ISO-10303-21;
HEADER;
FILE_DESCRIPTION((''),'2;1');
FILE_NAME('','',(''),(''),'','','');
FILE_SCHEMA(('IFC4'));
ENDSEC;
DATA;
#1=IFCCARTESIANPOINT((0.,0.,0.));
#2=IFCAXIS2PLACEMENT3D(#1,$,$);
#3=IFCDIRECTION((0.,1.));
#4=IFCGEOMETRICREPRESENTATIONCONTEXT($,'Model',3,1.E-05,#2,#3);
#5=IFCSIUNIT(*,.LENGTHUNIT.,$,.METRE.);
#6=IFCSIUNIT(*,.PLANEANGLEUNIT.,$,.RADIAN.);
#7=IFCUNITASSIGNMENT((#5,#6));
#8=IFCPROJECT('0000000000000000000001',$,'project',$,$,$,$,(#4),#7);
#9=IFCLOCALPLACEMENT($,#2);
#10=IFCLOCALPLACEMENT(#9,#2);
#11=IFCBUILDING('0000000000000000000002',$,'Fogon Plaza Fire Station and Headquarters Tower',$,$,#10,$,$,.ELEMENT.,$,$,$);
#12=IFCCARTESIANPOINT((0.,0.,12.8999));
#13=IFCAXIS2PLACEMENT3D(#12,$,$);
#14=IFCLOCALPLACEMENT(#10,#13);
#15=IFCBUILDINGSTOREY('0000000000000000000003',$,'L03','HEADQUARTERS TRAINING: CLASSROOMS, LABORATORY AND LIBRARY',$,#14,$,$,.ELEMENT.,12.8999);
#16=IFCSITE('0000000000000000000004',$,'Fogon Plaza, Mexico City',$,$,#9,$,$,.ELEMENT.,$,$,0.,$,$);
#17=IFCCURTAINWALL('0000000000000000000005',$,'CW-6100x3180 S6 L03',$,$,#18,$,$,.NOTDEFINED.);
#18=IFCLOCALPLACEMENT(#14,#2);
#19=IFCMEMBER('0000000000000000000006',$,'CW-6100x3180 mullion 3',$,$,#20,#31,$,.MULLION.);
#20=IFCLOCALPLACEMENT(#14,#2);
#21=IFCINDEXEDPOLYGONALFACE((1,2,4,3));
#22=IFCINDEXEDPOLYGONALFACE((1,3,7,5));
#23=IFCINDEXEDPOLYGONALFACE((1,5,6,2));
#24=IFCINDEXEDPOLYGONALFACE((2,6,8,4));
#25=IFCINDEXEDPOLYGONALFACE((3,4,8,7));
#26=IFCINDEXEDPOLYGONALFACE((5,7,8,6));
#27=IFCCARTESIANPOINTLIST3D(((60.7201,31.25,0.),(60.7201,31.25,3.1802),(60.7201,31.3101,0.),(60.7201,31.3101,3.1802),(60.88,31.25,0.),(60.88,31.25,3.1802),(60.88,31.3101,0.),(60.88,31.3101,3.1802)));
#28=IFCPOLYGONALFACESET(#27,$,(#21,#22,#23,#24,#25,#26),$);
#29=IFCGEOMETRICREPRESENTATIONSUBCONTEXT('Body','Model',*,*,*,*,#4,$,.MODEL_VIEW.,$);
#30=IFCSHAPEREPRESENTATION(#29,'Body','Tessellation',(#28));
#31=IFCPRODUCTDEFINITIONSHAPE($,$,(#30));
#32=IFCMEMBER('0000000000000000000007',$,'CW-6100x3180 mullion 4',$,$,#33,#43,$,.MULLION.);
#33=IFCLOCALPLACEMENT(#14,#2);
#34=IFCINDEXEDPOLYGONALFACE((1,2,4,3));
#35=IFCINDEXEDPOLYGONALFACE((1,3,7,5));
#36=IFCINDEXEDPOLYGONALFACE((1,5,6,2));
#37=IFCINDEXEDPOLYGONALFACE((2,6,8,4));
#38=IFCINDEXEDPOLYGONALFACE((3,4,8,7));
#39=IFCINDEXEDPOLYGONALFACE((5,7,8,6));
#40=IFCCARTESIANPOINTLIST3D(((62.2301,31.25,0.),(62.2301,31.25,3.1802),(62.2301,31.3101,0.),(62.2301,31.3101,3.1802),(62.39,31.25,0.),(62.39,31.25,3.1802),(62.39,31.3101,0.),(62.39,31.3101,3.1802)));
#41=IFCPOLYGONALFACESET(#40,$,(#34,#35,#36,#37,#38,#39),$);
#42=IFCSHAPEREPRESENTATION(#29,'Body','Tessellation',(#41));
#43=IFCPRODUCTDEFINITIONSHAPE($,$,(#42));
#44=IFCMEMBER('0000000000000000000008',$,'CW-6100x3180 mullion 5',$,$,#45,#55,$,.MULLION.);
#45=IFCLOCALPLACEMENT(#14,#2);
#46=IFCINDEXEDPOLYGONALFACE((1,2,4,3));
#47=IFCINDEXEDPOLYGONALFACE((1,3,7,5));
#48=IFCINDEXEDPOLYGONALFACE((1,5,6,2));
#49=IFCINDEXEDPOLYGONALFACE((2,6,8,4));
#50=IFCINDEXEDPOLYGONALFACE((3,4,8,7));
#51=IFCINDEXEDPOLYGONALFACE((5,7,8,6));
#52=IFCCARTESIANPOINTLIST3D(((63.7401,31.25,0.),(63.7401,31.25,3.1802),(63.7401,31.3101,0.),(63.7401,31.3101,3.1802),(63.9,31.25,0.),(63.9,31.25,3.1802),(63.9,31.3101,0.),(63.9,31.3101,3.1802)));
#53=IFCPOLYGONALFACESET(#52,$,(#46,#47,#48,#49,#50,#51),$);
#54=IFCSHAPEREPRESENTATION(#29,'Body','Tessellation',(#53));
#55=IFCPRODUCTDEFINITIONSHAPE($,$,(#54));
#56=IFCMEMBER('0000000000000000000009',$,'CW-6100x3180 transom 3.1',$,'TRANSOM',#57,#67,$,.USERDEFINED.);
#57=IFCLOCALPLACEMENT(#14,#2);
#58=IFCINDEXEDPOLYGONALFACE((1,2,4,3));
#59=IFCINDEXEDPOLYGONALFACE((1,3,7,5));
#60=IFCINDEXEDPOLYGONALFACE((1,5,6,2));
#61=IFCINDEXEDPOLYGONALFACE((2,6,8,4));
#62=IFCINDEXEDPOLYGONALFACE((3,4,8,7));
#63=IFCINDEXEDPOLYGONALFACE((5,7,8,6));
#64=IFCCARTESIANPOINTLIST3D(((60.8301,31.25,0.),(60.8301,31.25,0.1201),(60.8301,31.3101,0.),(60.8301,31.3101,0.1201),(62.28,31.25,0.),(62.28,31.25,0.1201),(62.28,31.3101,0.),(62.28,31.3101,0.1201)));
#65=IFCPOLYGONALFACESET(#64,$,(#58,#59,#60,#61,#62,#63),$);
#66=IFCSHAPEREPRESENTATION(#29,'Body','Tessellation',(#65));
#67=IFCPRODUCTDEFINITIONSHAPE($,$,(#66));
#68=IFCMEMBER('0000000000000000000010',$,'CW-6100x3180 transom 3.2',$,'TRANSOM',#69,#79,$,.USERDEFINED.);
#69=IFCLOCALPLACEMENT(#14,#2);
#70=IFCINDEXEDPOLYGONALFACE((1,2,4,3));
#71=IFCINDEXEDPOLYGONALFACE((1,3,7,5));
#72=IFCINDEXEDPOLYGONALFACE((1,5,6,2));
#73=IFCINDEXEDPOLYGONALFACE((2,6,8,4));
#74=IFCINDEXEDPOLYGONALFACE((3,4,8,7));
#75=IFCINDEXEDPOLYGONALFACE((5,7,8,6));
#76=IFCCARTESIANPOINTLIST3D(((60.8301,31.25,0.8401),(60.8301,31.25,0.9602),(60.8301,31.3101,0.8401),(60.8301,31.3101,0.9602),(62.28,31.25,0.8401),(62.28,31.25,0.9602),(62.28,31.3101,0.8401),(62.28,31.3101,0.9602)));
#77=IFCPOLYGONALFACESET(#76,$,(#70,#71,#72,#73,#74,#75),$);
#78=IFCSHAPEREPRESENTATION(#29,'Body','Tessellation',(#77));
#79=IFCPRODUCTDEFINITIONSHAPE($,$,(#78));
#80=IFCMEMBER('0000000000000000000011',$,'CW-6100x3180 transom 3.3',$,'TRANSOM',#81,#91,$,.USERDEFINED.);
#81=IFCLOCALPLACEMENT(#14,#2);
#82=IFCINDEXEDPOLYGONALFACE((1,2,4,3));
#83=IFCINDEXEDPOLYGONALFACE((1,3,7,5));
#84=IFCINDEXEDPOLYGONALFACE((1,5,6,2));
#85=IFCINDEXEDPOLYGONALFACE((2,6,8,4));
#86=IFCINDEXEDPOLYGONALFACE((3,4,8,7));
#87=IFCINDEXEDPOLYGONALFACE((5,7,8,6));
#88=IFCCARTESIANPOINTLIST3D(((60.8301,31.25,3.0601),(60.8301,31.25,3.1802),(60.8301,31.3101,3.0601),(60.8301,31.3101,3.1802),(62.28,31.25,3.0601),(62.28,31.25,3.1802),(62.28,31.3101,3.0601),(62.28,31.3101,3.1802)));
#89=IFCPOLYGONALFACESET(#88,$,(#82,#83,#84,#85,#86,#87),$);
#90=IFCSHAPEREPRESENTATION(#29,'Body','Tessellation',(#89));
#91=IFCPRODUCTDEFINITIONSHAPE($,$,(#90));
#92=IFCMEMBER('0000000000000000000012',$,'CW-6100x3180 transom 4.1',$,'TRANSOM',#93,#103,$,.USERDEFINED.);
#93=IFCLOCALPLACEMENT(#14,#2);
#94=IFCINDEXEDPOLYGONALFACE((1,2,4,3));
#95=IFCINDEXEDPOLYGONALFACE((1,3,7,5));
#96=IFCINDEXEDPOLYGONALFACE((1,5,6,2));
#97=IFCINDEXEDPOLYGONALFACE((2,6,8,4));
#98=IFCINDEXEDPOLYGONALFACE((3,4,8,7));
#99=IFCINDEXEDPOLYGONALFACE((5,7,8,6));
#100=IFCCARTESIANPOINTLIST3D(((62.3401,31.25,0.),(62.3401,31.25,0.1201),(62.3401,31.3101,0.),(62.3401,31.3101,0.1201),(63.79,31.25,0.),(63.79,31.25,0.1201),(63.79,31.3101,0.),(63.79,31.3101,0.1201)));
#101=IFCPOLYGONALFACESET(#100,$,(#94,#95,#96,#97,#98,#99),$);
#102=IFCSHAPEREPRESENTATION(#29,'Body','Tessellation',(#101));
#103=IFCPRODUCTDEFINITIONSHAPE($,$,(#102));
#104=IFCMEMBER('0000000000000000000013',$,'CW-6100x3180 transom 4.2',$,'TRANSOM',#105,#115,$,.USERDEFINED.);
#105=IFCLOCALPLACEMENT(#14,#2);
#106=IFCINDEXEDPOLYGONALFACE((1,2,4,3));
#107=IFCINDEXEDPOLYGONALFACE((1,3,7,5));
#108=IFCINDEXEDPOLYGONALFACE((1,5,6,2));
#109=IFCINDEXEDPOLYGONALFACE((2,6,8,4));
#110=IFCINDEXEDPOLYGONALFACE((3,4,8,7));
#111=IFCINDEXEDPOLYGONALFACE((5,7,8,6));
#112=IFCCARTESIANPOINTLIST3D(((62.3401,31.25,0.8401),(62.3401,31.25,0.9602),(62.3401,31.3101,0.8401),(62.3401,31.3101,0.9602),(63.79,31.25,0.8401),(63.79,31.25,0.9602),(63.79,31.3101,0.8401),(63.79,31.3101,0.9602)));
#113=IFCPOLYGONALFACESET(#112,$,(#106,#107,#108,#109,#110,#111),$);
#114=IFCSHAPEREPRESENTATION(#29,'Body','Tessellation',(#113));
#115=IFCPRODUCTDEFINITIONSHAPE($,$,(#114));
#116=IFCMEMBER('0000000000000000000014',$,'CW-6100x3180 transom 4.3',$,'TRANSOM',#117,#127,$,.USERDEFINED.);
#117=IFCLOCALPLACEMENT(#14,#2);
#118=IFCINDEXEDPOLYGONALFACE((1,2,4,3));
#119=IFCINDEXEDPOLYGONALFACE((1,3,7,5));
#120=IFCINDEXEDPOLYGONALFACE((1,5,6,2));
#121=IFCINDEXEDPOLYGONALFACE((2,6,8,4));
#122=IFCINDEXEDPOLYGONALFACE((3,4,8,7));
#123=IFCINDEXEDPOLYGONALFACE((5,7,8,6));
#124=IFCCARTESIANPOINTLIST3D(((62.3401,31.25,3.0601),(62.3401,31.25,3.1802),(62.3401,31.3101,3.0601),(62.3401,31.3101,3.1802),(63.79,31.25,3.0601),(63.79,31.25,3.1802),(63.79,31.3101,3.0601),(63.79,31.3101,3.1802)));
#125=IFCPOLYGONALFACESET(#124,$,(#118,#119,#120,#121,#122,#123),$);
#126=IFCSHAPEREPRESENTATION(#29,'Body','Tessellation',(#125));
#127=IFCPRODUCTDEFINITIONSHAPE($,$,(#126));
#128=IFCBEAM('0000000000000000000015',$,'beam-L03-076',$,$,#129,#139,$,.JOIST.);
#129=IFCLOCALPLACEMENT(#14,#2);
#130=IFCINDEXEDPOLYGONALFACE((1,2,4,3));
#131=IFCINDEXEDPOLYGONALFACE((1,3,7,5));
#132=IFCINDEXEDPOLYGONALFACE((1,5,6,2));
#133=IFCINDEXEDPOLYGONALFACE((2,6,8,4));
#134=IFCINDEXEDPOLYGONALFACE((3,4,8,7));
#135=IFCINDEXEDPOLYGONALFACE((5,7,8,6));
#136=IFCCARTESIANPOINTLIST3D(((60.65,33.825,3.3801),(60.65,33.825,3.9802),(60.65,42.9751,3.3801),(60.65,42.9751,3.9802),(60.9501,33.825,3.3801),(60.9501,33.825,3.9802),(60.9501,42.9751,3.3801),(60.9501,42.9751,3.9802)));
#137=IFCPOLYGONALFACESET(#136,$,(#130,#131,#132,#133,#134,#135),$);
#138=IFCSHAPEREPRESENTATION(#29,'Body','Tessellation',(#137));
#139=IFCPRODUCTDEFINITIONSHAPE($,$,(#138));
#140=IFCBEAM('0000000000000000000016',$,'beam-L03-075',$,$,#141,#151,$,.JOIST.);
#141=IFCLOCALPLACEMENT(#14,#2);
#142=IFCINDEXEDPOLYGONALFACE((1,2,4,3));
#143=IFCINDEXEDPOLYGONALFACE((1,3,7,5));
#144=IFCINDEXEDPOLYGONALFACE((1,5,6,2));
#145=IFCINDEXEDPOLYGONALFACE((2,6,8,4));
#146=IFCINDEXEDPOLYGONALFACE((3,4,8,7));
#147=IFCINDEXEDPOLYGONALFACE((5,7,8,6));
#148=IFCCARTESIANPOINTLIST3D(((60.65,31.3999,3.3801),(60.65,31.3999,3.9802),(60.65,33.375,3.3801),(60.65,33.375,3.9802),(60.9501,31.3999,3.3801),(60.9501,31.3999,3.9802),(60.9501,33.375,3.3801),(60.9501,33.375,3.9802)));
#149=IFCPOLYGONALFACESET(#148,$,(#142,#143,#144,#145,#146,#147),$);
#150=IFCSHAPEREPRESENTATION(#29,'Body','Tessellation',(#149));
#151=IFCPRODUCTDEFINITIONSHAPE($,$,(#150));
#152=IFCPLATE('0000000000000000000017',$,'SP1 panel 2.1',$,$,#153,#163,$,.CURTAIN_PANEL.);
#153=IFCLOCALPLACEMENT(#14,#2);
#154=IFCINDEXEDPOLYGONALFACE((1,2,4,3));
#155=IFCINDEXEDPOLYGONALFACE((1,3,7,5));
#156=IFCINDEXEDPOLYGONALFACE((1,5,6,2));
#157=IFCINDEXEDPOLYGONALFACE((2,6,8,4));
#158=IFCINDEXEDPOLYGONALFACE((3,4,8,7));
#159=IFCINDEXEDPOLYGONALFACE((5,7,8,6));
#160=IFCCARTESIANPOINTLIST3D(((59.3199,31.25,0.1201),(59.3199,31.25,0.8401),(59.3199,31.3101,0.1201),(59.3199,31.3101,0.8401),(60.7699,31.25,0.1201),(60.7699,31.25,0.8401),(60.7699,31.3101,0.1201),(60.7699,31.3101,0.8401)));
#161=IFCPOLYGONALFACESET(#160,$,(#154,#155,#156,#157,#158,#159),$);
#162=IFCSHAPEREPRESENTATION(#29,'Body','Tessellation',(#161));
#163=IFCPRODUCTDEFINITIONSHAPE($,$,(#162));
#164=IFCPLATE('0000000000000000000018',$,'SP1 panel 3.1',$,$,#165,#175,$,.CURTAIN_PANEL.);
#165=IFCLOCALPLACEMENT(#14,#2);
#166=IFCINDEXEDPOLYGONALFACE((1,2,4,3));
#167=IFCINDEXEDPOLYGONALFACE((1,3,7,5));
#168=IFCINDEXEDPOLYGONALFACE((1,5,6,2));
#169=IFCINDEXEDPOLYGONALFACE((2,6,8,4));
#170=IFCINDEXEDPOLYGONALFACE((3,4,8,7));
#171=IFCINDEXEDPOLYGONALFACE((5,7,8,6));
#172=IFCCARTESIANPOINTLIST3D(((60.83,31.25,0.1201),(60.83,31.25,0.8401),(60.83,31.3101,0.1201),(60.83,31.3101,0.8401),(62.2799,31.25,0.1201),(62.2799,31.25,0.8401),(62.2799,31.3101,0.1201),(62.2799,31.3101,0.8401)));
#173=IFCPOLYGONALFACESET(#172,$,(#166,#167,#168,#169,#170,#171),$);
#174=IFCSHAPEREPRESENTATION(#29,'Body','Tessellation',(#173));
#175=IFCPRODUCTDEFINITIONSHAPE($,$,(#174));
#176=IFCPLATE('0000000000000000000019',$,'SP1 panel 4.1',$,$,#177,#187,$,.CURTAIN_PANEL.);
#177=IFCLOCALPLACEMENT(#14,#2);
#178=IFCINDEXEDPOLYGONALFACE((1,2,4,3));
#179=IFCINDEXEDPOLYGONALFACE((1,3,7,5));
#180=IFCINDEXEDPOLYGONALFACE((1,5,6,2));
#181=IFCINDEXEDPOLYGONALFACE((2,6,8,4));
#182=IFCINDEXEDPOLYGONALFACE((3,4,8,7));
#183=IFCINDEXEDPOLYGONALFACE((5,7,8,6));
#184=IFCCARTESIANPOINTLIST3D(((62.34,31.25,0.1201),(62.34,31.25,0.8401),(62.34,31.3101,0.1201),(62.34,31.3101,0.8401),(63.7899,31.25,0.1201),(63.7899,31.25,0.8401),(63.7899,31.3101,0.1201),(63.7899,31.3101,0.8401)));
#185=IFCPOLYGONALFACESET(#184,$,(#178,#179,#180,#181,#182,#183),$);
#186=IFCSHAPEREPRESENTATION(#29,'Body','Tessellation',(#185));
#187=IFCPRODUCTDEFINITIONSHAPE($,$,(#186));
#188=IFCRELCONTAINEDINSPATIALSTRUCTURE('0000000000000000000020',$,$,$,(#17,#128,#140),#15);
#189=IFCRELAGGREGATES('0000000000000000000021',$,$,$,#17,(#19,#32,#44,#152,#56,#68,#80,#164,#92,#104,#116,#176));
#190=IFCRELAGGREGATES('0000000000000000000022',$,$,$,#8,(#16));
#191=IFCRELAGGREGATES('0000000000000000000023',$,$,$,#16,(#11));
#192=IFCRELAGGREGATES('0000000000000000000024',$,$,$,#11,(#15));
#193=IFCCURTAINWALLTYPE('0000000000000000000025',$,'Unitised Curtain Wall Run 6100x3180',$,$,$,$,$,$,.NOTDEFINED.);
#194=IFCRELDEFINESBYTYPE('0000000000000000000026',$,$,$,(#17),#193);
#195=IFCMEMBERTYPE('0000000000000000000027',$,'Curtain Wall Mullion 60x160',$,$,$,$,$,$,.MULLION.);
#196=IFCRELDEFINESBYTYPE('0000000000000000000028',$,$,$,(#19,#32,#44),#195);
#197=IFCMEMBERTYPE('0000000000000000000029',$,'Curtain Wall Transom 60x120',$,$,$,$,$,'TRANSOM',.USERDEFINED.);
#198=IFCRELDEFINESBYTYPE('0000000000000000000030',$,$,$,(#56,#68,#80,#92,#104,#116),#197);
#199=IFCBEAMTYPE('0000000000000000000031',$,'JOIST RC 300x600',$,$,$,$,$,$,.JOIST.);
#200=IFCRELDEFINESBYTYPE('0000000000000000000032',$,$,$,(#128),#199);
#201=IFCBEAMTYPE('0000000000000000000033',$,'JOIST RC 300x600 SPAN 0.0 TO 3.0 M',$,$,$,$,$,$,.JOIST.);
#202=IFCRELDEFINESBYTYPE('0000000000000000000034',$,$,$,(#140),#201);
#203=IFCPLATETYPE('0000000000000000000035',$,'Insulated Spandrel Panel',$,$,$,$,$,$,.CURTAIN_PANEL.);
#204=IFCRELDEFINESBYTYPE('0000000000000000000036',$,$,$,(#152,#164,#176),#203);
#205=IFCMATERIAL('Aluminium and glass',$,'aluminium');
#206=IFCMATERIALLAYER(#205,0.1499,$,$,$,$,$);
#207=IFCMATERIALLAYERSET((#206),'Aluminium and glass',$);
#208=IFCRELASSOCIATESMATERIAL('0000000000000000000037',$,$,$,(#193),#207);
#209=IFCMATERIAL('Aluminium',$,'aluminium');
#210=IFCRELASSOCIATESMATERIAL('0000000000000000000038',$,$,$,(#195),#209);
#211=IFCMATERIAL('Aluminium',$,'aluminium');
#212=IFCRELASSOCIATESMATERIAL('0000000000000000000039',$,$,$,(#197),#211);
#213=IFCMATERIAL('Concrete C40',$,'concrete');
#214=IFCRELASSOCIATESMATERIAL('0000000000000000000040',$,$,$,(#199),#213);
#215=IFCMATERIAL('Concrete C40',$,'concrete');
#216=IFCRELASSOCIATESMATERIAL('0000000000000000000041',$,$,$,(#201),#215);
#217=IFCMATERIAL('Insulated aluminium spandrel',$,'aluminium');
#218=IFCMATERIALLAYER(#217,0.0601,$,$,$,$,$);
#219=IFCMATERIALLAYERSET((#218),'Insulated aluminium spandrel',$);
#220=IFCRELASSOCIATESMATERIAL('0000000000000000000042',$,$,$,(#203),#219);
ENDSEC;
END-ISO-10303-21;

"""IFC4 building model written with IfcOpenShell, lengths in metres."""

from ifc_helpers import new_model, si_unit, direction, frame, origin, origin_2d, place, context, subcontext, project, spatial, rectangle, extrude, material, layer, layer_set, material_profile, profile_set, type_object, element, aggregate, save


model = new_model("IFC4")

# Units and contexts
model_context = context("Model", 3, precision=1e-05, world=origin(), true_north=direction((0.0, 1.0)))
body_context = subcontext(model_context, "Body", "Model", "MODEL_VIEW")
ifc_project = project(units=[si_unit("LENGTHUNIT", "METRE"), si_unit("PLANEANGLEUNIT", "RADIAN")], contexts=[model_context])

# Site, building, storey
site_placement = place(None, origin())
site = spatial("IfcSite", under=ifc_project, at=site_placement, Name="Fogon Plaza, Mexico City", CompositionType="ELEMENT", RefElevation=0.0)
building_placement = place(site_placement, origin())
building = spatial("IfcBuilding", under=site, at=building_placement, Name="Fogon Plaza Fire Station and Headquarters Tower", CompositionType="ELEMENT")
storey_placement = place(building_placement, frame((0.0, 0.0, 12.8999)))
storey = spatial("IfcBuildingStorey", under=building, at=storey_placement, Name="L03", Description="HEADQUARTERS TRAINING: CLASSROOMS, LABORATORY AND LIBRARY", CompositionType="ELEMENT", Elevation=12.8999)

# Curtain wall, members
ifc_material_1 = material(Name="Aluminium and glass", Category="aluminium")
ifc_layer_1 = layer(ifc_material_1, 0.1499)
ifc_layer_set_1 = layer_set([ifc_layer_1], Name="Aluminium and glass")
curtain_wall_type = type_object("IfcCurtainWallType", Name="Unitised Curtain Wall Run 6100x3180", PredefinedType="NOTDEFINED", material=ifc_layer_set_1)
curtain_wall_placement = place(storey_placement, origin())
curtain_wall = element("IfcCurtainWall", 1, at=curtain_wall_placement, inside=storey, type_object=curtain_wall_type, Name="CW-6100x3180 S6 L03", PredefinedType="NOTDEFINED")
ifc_material_2 = material(Name="Aluminium", Category="aluminium")
ifc_material_profile_1 = material_profile(ifc_material_2, rectangle(XDim=0.0601, YDim=0.1599, at=origin_2d()), Name="Curtain Wall Mullion 60x160")
ifc_profile_set_1 = profile_set([ifc_material_profile_1], Name="Aluminium")
member_type_1 = type_object("IfcMemberType", Name="Curtain Wall Mullion 60x160", PredefinedType="MULLION", material=ifc_profile_set_1)
member_1_placement = place(storey_placement, frame((60.8, 31.28, 0.0), z_axis=(0.0, 0.0, 1.0), x_axis=(0.0, 1.0, 0.0)))
member_1 = element("IfcMember", 2, at=member_1_placement, type_object=member_type_1, Name="CW-6100x3180 mullion 3", PredefinedType="MULLION", context=body_context, shape_type="SweptSolid", body=[
    extrude(rectangle(XDim=0.0601, YDim=0.1599, at=origin_2d()), origin(), (0.0, 0.0, 1.0), 3.1802),
])
member_2_placement = place(storey_placement, frame((62.3101, 31.28, 0.0), z_axis=(0.0, 0.0, 1.0), x_axis=(0.0, 1.0, 0.0)))
member_2 = element("IfcMember", 3, at=member_2_placement, type_object=member_type_1, Name="CW-6100x3180 mullion 4", PredefinedType="MULLION", context=body_context, shape_type="SweptSolid", body=[
    extrude(rectangle(XDim=0.0601, YDim=0.1599, at=origin_2d()), origin(), (0.0, 0.0, 1.0), 3.1802),
])
member_3_placement = place(storey_placement, frame((63.8201, 31.28, 0.0), z_axis=(0.0, 0.0, 1.0), x_axis=(0.0, 1.0, 0.0)))
member_3 = element("IfcMember", 4, at=member_3_placement, type_object=member_type_1, Name="CW-6100x3180 mullion 5", PredefinedType="MULLION", context=body_context, shape_type="SweptSolid", body=[
    extrude(rectangle(XDim=0.0601, YDim=0.1599, at=origin_2d()), origin(), (0.0, 0.0, 1.0), 3.1802),
])
ifc_material_3 = material(Name="Aluminium", Category="aluminium")
ifc_material_profile_2 = material_profile(ifc_material_3, rectangle(XDim=0.0601, YDim=0.1201, at=origin_2d()), Name="Curtain Wall Transom 60x120")
ifc_profile_set_2 = profile_set([ifc_material_profile_2], Name="Aluminium")
member_type_2 = type_object("IfcMemberType", Name="Curtain Wall Transom 60x120", ElementType="TRANSOM", PredefinedType="USERDEFINED", material=ifc_profile_set_2)
member_4_placement = place(storey_placement, frame((60.8301, 31.28, 0.0601), z_axis=(1.0, 0.0, 0.0), x_axis=(0.0, 1.0, 0.0)))
member_4 = element("IfcMember", 5, at=member_4_placement, type_object=member_type_2, Name="CW-6100x3180 transom 3.1", ObjectType="TRANSOM", PredefinedType="USERDEFINED", context=body_context, shape_type="SweptSolid", body=[
    extrude(rectangle(XDim=0.0601, YDim=0.1201, at=origin_2d()), origin(), (0.0, 0.0, 1.0), 1.45),
])
member_5_placement = place(storey_placement, frame((60.8301, 31.28, 0.9001), z_axis=(1.0, 0.0, 0.0), x_axis=(0.0, 1.0, 0.0)))
member_5 = element("IfcMember", 6, at=member_5_placement, type_object=member_type_2, Name="CW-6100x3180 transom 3.2", ObjectType="TRANSOM", PredefinedType="USERDEFINED", context=body_context, shape_type="SweptSolid", body=[
    extrude(rectangle(XDim=0.0601, YDim=0.1201, at=origin_2d()), origin(), (0.0, 0.0, 1.0), 1.45),
])
member_6_placement = place(storey_placement, frame((60.8301, 31.28, 3.1201), z_axis=(1.0, 0.0, 0.0), x_axis=(0.0, 1.0, 0.0)))
member_6 = element("IfcMember", 7, at=member_6_placement, type_object=member_type_2, Name="CW-6100x3180 transom 3.3", ObjectType="TRANSOM", PredefinedType="USERDEFINED", context=body_context, shape_type="SweptSolid", body=[
    extrude(rectangle(XDim=0.0601, YDim=0.1201, at=origin_2d()), origin(), (0.0, 0.0, 1.0), 1.45),
])
member_7_placement = place(storey_placement, frame((62.3401, 31.28, 0.0601), z_axis=(1.0, 0.0, 0.0), x_axis=(0.0, 1.0, 0.0)))
member_7 = element("IfcMember", 8, at=member_7_placement, type_object=member_type_2, Name="CW-6100x3180 transom 4.1", ObjectType="TRANSOM", PredefinedType="USERDEFINED", context=body_context, shape_type="SweptSolid", body=[
    extrude(rectangle(XDim=0.0601, YDim=0.1201, at=origin_2d()), origin(), (0.0, 0.0, 1.0), 1.45),
])
member_8_placement = place(storey_placement, frame((62.3401, 31.28, 0.9001), z_axis=(1.0, 0.0, 0.0), x_axis=(0.0, 1.0, 0.0)))
member_8 = element("IfcMember", 9, at=member_8_placement, type_object=member_type_2, Name="CW-6100x3180 transom 4.2", ObjectType="TRANSOM", PredefinedType="USERDEFINED", context=body_context, shape_type="SweptSolid", body=[
    extrude(rectangle(XDim=0.0601, YDim=0.1201, at=origin_2d()), origin(), (0.0, 0.0, 1.0), 1.45),
])
member_9_placement = place(storey_placement, frame((62.3401, 31.28, 3.1201), z_axis=(1.0, 0.0, 0.0), x_axis=(0.0, 1.0, 0.0)))
member_9 = element("IfcMember", 10, at=member_9_placement, type_object=member_type_2, Name="CW-6100x3180 transom 4.3", ObjectType="TRANSOM", PredefinedType="USERDEFINED", context=body_context, shape_type="SweptSolid", body=[
    extrude(rectangle(XDim=0.0601, YDim=0.1201, at=origin_2d()), origin(), (0.0, 0.0, 1.0), 1.45),
])

# Beams
ifc_material_4 = material(Name="Concrete C40", Category="concrete")
ifc_material_profile_3 = material_profile(ifc_material_4, rectangle(XDim=0.3, YDim=0.6001, at=origin_2d()), Name="RC 300x600")
ifc_profile_set_3 = profile_set([ifc_material_profile_3], Name="Concrete C40")
beam_type_1 = type_object("IfcBeamType", Name="JOIST RC 300x600", PredefinedType="JOIST", material=ifc_profile_set_3)
beam_1_placement = place(storey_placement, frame((60.8, 33.825, 3.6802), z_axis=(0.0, 1.0, 0.0), x_axis=(-1.0, 0.0, 0.0)))
element("IfcBeam", 11, at=beam_1_placement, inside=storey, type_object=beam_type_1, Name="beam-L03-076", PredefinedType="JOIST", context=body_context, shape_type="SweptSolid", body=[
    extrude(rectangle(XDim=0.3, YDim=0.6001, at=origin_2d()), origin(), (0.0, 0.0, 1.0), 9.1501),
])
ifc_material_5 = material(Name="Concrete C40", Category="concrete")
ifc_material_profile_4 = material_profile(ifc_material_5, rectangle(XDim=0.3, YDim=0.6001, at=origin_2d()), Name="RC 300x600")
ifc_profile_set_4 = profile_set([ifc_material_profile_4], Name="Concrete C40")
beam_type_2 = type_object("IfcBeamType", Name="JOIST RC 300x600 SPAN 0.0 TO 3.0 M", PredefinedType="JOIST", material=ifc_profile_set_4)
beam_2_placement = place(storey_placement, frame((60.8, 31.3999, 3.6802), z_axis=(0.0, 1.0, 0.0), x_axis=(-1.0, 0.0, 0.0)))
element("IfcBeam", 12, at=beam_2_placement, inside=storey, type_object=beam_type_2, Name="beam-L03-075", PredefinedType="JOIST", context=body_context, shape_type="SweptSolid", body=[
    extrude(rectangle(XDim=0.3, YDim=0.6001, at=origin_2d()), origin(), (0.0, 0.0, 1.0), 1.9751),
])

# Plates
ifc_material_6 = material(Name="Insulated aluminium spandrel", Category="aluminium")
ifc_layer_2 = layer(ifc_material_6, 0.0601)
ifc_layer_set_2 = layer_set([ifc_layer_2], Name="Insulated aluminium spandrel")
plate_type_1 = type_object("IfcPlateType", Name="Insulated Spandrel Panel", PredefinedType="CURTAIN_PANEL", material=ifc_layer_set_2)
plate_1_placement = place(storey_placement, frame((60.0449, 31.28, 0.1201), z_axis=(0.0, 0.0, 1.0), x_axis=(1.0, 0.0, 0.0)))
plate_1 = element("IfcPlate", 13, at=plate_1_placement, type_object=plate_type_1, Name="SP1 panel 2.1", PredefinedType="CURTAIN_PANEL", context=body_context, shape_type="SweptSolid", body=[
    extrude(rectangle(XDim=1.45, YDim=0.0601, at=origin_2d()), origin(), (0.0, 0.0, 1.0), 0.72),
])
plate_2_placement = place(storey_placement, frame((61.5549, 31.28, 0.1201), z_axis=(0.0, 0.0, 1.0), x_axis=(1.0, 0.0, 0.0)))
plate_2 = element("IfcPlate", 14, at=plate_2_placement, type_object=plate_type_1, Name="SP1 panel 3.1", PredefinedType="CURTAIN_PANEL", context=body_context, shape_type="SweptSolid", body=[
    extrude(rectangle(XDim=1.45, YDim=0.0601, at=origin_2d()), origin(), (0.0, 0.0, 1.0), 0.72),
])
plate_3_placement = place(storey_placement, frame((63.0649, 31.28, 0.1201), z_axis=(0.0, 0.0, 1.0), x_axis=(1.0, 0.0, 0.0)))
plate_3 = element("IfcPlate", 15, at=plate_3_placement, type_object=plate_type_1, Name="SP1 panel 4.1", PredefinedType="CURTAIN_PANEL", context=body_context, shape_type="SweptSolid", body=[
    extrude(rectangle(XDim=1.45, YDim=0.0601, at=origin_2d()), origin(), (0.0, 0.0, 1.0), 0.72),
])
aggregate(curtain_wall, [member_1, member_2, member_3, plate_1, member_4, member_5, member_6, plate_2, member_7, member_8, member_9, plate_3])

save(model, "model.ifc")
